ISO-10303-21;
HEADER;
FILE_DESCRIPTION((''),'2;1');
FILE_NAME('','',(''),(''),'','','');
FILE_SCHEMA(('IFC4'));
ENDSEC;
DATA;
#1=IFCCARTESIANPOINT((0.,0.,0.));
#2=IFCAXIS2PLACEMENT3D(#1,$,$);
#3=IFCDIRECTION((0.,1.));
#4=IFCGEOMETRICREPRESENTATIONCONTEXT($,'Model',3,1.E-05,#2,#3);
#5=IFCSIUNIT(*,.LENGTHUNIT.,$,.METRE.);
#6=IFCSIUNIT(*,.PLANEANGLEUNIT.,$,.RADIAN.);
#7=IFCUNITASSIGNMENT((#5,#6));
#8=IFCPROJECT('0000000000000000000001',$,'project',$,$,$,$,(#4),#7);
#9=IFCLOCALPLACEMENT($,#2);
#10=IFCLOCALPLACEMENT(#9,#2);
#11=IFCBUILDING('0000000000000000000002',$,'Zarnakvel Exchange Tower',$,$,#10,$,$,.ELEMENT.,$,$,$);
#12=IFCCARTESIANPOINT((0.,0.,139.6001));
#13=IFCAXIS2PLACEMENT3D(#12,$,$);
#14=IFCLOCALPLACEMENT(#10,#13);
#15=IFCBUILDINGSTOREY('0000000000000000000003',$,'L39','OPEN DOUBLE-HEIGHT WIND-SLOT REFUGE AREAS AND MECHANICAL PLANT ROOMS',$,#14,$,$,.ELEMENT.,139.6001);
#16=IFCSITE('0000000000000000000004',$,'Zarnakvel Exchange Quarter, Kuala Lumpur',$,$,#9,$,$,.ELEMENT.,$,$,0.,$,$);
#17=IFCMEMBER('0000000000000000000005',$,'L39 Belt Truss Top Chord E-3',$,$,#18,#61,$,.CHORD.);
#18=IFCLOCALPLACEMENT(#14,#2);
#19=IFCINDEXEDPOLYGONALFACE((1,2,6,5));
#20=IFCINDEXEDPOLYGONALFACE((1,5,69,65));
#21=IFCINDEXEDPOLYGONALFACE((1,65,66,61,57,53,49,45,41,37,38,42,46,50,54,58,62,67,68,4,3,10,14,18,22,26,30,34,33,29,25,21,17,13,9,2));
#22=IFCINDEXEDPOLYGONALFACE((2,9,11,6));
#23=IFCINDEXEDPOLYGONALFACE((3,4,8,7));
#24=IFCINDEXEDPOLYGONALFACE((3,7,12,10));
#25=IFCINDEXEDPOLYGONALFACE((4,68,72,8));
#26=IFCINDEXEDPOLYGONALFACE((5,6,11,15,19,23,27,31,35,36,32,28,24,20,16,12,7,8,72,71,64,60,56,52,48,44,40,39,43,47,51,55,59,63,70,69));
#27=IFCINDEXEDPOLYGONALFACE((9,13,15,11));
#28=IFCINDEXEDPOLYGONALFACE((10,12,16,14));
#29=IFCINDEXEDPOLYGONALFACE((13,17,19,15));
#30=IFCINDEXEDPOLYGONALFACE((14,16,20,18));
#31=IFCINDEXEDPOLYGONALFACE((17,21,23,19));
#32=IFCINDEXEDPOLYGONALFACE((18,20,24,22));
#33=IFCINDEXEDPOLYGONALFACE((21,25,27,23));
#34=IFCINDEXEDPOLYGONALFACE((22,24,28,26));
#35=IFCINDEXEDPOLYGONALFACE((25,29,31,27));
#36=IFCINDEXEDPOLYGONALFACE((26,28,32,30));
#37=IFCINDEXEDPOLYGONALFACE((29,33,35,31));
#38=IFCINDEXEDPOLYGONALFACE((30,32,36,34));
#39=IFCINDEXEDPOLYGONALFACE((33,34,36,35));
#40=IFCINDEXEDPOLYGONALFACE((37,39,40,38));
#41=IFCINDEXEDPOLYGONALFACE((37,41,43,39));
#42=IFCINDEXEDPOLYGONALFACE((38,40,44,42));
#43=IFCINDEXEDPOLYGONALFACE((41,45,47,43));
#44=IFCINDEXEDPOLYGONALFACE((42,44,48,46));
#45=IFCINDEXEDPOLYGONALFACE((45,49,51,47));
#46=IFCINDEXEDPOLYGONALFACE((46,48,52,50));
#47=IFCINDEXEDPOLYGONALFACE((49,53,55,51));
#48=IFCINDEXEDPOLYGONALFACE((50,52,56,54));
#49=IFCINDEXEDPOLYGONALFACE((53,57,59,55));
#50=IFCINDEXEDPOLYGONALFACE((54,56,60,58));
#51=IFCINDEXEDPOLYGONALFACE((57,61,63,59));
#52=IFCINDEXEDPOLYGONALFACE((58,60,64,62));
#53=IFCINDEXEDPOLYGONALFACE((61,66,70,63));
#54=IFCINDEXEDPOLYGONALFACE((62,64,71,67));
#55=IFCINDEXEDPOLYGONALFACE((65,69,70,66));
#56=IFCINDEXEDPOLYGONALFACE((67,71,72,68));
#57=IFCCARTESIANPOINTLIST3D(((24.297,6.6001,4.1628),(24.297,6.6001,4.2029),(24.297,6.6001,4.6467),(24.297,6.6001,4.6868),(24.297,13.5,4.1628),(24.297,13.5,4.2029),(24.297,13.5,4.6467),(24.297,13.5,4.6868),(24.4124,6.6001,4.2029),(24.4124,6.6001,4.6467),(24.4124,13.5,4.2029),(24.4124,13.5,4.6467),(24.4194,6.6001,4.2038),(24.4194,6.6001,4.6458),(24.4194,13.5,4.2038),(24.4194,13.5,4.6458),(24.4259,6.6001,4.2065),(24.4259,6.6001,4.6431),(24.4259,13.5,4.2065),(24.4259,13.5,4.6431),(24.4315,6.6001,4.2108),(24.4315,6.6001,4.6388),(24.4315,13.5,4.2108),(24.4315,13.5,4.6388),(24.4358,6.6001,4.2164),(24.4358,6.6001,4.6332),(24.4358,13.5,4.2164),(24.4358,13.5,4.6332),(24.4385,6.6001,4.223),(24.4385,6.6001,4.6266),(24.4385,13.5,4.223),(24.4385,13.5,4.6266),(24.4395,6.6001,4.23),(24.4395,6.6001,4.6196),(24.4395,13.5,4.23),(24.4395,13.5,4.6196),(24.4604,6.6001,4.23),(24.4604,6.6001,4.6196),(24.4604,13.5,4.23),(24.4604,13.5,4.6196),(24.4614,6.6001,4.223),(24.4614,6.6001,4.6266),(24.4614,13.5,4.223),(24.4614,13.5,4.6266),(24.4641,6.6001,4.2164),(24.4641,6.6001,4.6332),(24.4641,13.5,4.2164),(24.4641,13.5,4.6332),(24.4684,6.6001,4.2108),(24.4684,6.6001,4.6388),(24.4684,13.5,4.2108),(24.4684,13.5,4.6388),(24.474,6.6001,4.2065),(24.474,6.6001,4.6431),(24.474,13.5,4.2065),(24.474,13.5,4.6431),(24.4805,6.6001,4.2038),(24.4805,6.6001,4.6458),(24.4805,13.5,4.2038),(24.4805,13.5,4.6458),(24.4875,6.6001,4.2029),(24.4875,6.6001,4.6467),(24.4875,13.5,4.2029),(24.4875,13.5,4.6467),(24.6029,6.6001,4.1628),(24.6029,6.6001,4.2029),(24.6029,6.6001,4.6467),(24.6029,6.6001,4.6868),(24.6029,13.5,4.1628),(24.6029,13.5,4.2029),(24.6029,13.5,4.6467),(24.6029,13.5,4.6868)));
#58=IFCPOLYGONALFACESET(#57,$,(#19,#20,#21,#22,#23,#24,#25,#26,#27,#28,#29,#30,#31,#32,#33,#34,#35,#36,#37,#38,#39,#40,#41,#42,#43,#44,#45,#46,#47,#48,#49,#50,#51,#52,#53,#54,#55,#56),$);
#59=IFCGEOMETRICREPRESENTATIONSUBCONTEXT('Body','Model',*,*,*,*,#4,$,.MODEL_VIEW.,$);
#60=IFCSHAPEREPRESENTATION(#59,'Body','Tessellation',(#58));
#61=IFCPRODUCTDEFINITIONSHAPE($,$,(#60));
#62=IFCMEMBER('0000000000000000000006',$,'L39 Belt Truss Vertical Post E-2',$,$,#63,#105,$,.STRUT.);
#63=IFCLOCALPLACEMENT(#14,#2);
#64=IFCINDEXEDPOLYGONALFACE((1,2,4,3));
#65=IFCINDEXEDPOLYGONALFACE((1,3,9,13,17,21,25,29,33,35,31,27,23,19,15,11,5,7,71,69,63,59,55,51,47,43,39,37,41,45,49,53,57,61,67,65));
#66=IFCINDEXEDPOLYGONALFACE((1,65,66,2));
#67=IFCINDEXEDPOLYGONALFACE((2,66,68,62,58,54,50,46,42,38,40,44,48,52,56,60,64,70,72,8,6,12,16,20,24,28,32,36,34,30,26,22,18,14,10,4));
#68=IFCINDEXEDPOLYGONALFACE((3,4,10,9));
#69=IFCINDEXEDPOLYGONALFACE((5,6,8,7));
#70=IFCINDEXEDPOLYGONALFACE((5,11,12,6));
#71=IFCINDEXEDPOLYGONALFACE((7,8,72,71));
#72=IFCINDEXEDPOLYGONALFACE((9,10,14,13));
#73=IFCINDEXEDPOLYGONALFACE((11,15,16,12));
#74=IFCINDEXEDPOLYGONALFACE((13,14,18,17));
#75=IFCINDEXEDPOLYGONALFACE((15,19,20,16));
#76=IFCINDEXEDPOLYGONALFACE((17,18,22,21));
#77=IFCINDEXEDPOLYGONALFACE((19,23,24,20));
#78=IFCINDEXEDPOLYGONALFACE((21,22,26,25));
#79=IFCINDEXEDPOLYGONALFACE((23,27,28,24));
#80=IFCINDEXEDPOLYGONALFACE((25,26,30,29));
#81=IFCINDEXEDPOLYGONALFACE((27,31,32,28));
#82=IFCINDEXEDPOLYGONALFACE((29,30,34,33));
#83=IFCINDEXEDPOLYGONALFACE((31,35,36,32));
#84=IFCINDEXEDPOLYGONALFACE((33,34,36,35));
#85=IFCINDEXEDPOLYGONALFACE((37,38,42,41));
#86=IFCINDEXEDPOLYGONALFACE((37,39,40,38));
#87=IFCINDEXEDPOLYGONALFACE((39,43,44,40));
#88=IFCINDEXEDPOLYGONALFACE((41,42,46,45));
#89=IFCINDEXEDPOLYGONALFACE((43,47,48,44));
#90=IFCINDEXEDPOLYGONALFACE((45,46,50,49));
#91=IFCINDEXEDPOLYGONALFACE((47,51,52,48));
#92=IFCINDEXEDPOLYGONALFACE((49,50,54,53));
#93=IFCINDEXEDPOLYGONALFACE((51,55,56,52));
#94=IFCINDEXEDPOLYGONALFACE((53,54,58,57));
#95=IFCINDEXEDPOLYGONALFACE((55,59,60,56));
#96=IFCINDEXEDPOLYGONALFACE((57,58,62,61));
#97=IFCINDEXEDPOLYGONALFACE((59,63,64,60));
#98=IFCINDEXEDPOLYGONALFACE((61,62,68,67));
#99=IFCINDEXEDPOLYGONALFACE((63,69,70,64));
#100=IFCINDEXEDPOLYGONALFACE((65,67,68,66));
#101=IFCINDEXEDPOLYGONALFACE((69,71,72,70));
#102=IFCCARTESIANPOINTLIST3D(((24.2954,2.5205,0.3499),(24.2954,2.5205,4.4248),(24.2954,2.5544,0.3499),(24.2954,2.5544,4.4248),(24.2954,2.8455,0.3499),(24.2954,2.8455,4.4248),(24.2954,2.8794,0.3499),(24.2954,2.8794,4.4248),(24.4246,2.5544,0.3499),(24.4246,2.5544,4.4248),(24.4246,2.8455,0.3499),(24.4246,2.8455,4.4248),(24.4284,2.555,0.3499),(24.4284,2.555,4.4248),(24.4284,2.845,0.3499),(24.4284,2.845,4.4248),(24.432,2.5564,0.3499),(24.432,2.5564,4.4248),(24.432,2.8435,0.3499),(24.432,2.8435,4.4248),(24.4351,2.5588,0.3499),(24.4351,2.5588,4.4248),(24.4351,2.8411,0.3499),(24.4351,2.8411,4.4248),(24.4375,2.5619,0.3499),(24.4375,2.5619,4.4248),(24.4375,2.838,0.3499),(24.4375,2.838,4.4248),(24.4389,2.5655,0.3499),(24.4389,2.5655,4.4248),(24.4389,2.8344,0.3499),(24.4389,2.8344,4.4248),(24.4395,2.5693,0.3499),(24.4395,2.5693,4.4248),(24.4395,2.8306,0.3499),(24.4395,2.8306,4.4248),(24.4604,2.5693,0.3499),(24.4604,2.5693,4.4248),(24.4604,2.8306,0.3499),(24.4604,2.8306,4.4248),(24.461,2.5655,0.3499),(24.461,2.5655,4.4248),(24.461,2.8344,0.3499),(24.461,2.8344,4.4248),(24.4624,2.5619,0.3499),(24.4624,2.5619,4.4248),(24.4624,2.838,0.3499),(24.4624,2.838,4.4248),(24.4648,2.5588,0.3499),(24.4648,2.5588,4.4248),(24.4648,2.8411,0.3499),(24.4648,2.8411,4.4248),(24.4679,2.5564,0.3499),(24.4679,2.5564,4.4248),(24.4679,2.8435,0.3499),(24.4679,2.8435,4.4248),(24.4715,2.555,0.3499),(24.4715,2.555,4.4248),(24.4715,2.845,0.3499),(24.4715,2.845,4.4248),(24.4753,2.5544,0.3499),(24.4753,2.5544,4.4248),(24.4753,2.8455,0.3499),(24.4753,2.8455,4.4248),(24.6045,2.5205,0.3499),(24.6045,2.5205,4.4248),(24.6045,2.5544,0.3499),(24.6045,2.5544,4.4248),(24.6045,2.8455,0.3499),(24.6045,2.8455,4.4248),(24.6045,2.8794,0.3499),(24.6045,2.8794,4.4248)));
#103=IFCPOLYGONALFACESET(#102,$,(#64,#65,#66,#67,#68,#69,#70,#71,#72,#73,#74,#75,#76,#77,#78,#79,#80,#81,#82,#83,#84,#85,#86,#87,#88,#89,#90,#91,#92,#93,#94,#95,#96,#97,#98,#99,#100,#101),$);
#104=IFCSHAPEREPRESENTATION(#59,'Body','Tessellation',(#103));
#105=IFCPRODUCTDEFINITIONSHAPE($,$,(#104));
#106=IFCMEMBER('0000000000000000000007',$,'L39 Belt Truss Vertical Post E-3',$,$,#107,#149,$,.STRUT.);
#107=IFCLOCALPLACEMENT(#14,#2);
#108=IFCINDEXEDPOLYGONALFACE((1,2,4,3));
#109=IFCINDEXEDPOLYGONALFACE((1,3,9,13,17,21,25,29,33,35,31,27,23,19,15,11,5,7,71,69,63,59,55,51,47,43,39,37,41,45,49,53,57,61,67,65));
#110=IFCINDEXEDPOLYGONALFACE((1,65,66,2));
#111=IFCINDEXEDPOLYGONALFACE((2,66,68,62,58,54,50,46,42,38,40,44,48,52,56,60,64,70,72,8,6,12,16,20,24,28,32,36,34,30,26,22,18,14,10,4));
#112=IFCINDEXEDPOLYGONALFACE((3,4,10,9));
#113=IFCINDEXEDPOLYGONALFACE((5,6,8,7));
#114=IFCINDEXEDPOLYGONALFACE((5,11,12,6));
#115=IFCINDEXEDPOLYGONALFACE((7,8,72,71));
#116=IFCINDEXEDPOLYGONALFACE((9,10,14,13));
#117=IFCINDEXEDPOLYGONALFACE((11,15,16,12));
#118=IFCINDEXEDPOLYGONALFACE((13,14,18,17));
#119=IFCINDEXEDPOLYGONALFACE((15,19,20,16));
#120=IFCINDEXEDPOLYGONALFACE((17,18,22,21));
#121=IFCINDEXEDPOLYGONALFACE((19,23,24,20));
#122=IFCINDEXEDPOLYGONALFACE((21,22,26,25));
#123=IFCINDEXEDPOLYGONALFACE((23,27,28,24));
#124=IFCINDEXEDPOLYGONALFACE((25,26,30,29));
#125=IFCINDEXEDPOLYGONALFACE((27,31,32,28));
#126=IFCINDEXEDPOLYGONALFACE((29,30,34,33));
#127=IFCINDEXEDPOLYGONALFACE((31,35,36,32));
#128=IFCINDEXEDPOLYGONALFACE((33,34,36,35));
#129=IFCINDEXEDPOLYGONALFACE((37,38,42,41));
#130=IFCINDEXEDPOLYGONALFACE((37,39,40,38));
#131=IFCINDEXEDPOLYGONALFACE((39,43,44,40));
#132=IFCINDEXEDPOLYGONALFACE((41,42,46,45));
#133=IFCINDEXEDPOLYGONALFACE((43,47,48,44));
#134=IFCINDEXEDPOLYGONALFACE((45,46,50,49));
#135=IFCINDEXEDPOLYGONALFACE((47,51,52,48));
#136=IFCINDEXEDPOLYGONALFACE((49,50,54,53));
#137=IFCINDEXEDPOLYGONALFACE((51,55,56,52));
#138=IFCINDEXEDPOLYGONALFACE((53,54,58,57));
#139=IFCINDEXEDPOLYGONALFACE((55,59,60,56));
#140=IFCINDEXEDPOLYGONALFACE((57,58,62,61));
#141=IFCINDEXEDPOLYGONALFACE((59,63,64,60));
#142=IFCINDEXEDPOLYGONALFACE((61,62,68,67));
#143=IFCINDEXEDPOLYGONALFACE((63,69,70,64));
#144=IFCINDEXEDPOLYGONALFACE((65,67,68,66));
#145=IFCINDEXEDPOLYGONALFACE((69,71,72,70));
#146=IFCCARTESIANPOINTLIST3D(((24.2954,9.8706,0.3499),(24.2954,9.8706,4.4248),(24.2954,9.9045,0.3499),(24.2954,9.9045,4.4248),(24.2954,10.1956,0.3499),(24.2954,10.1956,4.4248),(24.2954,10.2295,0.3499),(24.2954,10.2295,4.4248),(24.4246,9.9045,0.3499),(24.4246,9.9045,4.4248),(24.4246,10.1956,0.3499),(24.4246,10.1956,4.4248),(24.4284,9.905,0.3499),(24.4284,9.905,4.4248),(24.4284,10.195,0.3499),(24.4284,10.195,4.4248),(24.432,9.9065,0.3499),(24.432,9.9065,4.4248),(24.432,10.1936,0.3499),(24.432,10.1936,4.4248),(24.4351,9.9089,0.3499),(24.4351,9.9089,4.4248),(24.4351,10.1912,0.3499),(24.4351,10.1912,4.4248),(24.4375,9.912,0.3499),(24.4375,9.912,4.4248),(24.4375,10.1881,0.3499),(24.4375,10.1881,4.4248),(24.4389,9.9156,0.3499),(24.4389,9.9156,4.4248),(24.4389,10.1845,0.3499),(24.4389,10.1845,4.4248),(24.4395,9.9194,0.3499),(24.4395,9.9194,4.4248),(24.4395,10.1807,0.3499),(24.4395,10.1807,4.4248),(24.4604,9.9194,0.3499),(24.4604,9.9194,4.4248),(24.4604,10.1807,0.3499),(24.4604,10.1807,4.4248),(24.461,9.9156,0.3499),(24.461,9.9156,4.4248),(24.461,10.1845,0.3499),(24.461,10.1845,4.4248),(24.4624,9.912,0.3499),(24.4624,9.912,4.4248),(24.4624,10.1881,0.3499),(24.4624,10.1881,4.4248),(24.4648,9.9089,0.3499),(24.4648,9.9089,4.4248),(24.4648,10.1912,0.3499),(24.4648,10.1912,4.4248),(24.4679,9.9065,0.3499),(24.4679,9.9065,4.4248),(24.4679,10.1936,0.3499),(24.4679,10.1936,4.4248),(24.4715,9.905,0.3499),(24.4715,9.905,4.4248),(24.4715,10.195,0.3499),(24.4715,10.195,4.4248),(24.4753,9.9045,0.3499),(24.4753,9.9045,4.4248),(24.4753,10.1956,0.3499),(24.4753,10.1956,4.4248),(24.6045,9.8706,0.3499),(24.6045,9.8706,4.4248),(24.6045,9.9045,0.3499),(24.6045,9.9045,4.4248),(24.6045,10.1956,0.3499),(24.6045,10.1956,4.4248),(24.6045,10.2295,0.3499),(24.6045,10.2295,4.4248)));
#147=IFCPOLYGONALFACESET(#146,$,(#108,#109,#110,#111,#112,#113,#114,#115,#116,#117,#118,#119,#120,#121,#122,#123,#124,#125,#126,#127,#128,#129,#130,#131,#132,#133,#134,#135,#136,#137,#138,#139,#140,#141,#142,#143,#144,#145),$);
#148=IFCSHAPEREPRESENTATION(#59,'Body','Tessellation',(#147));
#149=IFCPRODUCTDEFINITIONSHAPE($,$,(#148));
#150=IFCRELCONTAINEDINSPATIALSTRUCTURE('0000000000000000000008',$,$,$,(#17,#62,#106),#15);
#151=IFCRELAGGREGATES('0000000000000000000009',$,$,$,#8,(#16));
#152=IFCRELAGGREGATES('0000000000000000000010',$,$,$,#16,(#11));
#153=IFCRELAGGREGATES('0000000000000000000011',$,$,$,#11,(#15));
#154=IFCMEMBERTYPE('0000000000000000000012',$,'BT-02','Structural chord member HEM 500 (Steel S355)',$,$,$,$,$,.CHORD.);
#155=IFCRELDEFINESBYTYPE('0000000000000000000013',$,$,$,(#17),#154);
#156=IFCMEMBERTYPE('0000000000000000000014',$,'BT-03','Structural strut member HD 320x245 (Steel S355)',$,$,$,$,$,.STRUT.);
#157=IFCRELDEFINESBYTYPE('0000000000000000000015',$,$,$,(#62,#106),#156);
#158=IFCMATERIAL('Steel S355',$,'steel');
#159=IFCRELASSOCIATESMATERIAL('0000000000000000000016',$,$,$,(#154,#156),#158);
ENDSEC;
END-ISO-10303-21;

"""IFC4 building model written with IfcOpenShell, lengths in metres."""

from ifc_helpers import new_model, si_unit, direction, frame, origin, origin_2d, place, context, subcontext, project, spatial, i_section, extrude, source, transform, mapped, material, material_profile, profile_set, type_object, element, save


model = new_model("IFC4")

# Units and contexts
model_context = context("Model", 3, precision=1e-05, world=origin(), true_north=direction((0.0, 1.0)))
body_context = subcontext(model_context, "Body", "Model", "MODEL_VIEW")
ifc_project = project(units=[si_unit("LENGTHUNIT", "METRE"), si_unit("PLANEANGLEUNIT", "RADIAN")], contexts=[model_context])

# Site, building, storey
site_placement = place(None, origin())
site = spatial("IfcSite", under=ifc_project, at=site_placement, Name="Zarnakvel Exchange Quarter, Kuala Lumpur", CompositionType="ELEMENT", RefElevation=0.0)
building_placement = place(site_placement, origin())
building = spatial("IfcBuilding", under=site, at=building_placement, Name="Zarnakvel Exchange Tower", CompositionType="ELEMENT")
storey_placement = place(building_placement, frame((0.0, 0.0, 139.6001)))
storey = spatial("IfcBuildingStorey", under=building, at=storey_placement, Name="L39", Description="OPEN DOUBLE-HEIGHT WIND-SLOT REFUGE AREAS AND MECHANICAL PLANT ROOMS", CompositionType="ELEMENT", Elevation=139.6001)

# Shared definitions
ifc_material_1 = material(Name="Steel S355", Category="steel")

# Members
ifc_material_profile_1 = material_profile(ifc_material_1, i_section(OverallWidth=0.3059, OverallDepth=0.5239, WebThickness=0.021, FlangeThickness=0.04, FilletRadius=0.0271, at=origin_2d()))
ifc_profile_set_1 = profile_set([ifc_material_profile_1], Name="Steel S355")
member_type_1 = type_object("IfcMemberType", Name="BT-02", Description="Structural chord member HEM 500 (Steel S355)", PredefinedType="CHORD", material=ifc_profile_set_1)
shared_shape_1 = source(origin(), body_context, "Body", "SweptSolid", [
    extrude(i_section(OverallWidth=0.3059, OverallDepth=0.5239, WebThickness=0.021, FlangeThickness=0.04, FilletRadius=0.0271, at=origin_2d()), origin(), (0.0, 0.0, 1.0), 6.8999),
])
for number, where, z_axis, x_axis, name in (
    (1, (24.45, 6.6001, 4.4248), (0.0, 1.0, 0.0), (-1.0, 0.0, 0.0), "L39 Belt Truss Top Chord E-3"),
):
    element("IfcMember", number, at=place(storey_placement, frame(where, z_axis=z_axis, x_axis=x_axis)), inside=storey, type_object=member_type_1, Name=name, PredefinedType="CHORD", context=body_context, shape_type="MappedRepresentation", body=[
        mapped(shared_shape_1, transform((0.0, 0.0, 0.0), x_axis=(1.0, 0.0, 0.0), y_axis=(0.0, 1.0, 0.0), z_axis=(0.0, 0.0, 1.0), scale=1.0)),
    ])
ifc_material_profile_2 = material_profile(ifc_material_1, i_section(OverallWidth=0.3091, OverallDepth=0.3589, WebThickness=0.021, FlangeThickness=0.0339, FilletRadius=0.0149, at=origin_2d()))
ifc_profile_set_2 = profile_set([ifc_material_profile_2], Name="Steel S355")
member_type_2 = type_object("IfcMemberType", Name="BT-03", Description="Structural strut member HD 320x245 (Steel S355)", PredefinedType="STRUT", material=ifc_profile_set_2)
shared_shape_2 = source(origin(), body_context, "Body", "SweptSolid", [
    extrude(i_section(OverallWidth=0.3091, OverallDepth=0.3589, WebThickness=0.021, FlangeThickness=0.0339, FilletRadius=0.0149, at=origin_2d()), origin(), (0.0, 0.0, 1.0), 4.075),
])
for number, where, z_axis, x_axis, name in (
    (2, (24.45, 2.7, 0.3499), (0.0, 0.0, 1.0), (1.0, 0.0, 0.0), "L39 Belt Truss Vertical Post E-2"),
    (3, (24.45, 10.05, 0.3499), (0.0, 0.0, 1.0), (1.0, 0.0, 0.0), "L39 Belt Truss Vertical Post E-3"),
):
    element("IfcMember", number, at=place(storey_placement, frame(where, z_axis=z_axis, x_axis=x_axis)), inside=storey, type_object=member_type_2, Name=name, PredefinedType="STRUT", context=body_context, shape_type="MappedRepresentation", body=[
        mapped(shared_shape_2, transform((0.0, 0.0, 0.0), x_axis=(1.0, 0.0, 0.0), y_axis=(0.0, 1.0, 0.0), z_axis=(0.0, 0.0, 1.0), scale=1.0)),
    ])

save(model, "model.ifc")
